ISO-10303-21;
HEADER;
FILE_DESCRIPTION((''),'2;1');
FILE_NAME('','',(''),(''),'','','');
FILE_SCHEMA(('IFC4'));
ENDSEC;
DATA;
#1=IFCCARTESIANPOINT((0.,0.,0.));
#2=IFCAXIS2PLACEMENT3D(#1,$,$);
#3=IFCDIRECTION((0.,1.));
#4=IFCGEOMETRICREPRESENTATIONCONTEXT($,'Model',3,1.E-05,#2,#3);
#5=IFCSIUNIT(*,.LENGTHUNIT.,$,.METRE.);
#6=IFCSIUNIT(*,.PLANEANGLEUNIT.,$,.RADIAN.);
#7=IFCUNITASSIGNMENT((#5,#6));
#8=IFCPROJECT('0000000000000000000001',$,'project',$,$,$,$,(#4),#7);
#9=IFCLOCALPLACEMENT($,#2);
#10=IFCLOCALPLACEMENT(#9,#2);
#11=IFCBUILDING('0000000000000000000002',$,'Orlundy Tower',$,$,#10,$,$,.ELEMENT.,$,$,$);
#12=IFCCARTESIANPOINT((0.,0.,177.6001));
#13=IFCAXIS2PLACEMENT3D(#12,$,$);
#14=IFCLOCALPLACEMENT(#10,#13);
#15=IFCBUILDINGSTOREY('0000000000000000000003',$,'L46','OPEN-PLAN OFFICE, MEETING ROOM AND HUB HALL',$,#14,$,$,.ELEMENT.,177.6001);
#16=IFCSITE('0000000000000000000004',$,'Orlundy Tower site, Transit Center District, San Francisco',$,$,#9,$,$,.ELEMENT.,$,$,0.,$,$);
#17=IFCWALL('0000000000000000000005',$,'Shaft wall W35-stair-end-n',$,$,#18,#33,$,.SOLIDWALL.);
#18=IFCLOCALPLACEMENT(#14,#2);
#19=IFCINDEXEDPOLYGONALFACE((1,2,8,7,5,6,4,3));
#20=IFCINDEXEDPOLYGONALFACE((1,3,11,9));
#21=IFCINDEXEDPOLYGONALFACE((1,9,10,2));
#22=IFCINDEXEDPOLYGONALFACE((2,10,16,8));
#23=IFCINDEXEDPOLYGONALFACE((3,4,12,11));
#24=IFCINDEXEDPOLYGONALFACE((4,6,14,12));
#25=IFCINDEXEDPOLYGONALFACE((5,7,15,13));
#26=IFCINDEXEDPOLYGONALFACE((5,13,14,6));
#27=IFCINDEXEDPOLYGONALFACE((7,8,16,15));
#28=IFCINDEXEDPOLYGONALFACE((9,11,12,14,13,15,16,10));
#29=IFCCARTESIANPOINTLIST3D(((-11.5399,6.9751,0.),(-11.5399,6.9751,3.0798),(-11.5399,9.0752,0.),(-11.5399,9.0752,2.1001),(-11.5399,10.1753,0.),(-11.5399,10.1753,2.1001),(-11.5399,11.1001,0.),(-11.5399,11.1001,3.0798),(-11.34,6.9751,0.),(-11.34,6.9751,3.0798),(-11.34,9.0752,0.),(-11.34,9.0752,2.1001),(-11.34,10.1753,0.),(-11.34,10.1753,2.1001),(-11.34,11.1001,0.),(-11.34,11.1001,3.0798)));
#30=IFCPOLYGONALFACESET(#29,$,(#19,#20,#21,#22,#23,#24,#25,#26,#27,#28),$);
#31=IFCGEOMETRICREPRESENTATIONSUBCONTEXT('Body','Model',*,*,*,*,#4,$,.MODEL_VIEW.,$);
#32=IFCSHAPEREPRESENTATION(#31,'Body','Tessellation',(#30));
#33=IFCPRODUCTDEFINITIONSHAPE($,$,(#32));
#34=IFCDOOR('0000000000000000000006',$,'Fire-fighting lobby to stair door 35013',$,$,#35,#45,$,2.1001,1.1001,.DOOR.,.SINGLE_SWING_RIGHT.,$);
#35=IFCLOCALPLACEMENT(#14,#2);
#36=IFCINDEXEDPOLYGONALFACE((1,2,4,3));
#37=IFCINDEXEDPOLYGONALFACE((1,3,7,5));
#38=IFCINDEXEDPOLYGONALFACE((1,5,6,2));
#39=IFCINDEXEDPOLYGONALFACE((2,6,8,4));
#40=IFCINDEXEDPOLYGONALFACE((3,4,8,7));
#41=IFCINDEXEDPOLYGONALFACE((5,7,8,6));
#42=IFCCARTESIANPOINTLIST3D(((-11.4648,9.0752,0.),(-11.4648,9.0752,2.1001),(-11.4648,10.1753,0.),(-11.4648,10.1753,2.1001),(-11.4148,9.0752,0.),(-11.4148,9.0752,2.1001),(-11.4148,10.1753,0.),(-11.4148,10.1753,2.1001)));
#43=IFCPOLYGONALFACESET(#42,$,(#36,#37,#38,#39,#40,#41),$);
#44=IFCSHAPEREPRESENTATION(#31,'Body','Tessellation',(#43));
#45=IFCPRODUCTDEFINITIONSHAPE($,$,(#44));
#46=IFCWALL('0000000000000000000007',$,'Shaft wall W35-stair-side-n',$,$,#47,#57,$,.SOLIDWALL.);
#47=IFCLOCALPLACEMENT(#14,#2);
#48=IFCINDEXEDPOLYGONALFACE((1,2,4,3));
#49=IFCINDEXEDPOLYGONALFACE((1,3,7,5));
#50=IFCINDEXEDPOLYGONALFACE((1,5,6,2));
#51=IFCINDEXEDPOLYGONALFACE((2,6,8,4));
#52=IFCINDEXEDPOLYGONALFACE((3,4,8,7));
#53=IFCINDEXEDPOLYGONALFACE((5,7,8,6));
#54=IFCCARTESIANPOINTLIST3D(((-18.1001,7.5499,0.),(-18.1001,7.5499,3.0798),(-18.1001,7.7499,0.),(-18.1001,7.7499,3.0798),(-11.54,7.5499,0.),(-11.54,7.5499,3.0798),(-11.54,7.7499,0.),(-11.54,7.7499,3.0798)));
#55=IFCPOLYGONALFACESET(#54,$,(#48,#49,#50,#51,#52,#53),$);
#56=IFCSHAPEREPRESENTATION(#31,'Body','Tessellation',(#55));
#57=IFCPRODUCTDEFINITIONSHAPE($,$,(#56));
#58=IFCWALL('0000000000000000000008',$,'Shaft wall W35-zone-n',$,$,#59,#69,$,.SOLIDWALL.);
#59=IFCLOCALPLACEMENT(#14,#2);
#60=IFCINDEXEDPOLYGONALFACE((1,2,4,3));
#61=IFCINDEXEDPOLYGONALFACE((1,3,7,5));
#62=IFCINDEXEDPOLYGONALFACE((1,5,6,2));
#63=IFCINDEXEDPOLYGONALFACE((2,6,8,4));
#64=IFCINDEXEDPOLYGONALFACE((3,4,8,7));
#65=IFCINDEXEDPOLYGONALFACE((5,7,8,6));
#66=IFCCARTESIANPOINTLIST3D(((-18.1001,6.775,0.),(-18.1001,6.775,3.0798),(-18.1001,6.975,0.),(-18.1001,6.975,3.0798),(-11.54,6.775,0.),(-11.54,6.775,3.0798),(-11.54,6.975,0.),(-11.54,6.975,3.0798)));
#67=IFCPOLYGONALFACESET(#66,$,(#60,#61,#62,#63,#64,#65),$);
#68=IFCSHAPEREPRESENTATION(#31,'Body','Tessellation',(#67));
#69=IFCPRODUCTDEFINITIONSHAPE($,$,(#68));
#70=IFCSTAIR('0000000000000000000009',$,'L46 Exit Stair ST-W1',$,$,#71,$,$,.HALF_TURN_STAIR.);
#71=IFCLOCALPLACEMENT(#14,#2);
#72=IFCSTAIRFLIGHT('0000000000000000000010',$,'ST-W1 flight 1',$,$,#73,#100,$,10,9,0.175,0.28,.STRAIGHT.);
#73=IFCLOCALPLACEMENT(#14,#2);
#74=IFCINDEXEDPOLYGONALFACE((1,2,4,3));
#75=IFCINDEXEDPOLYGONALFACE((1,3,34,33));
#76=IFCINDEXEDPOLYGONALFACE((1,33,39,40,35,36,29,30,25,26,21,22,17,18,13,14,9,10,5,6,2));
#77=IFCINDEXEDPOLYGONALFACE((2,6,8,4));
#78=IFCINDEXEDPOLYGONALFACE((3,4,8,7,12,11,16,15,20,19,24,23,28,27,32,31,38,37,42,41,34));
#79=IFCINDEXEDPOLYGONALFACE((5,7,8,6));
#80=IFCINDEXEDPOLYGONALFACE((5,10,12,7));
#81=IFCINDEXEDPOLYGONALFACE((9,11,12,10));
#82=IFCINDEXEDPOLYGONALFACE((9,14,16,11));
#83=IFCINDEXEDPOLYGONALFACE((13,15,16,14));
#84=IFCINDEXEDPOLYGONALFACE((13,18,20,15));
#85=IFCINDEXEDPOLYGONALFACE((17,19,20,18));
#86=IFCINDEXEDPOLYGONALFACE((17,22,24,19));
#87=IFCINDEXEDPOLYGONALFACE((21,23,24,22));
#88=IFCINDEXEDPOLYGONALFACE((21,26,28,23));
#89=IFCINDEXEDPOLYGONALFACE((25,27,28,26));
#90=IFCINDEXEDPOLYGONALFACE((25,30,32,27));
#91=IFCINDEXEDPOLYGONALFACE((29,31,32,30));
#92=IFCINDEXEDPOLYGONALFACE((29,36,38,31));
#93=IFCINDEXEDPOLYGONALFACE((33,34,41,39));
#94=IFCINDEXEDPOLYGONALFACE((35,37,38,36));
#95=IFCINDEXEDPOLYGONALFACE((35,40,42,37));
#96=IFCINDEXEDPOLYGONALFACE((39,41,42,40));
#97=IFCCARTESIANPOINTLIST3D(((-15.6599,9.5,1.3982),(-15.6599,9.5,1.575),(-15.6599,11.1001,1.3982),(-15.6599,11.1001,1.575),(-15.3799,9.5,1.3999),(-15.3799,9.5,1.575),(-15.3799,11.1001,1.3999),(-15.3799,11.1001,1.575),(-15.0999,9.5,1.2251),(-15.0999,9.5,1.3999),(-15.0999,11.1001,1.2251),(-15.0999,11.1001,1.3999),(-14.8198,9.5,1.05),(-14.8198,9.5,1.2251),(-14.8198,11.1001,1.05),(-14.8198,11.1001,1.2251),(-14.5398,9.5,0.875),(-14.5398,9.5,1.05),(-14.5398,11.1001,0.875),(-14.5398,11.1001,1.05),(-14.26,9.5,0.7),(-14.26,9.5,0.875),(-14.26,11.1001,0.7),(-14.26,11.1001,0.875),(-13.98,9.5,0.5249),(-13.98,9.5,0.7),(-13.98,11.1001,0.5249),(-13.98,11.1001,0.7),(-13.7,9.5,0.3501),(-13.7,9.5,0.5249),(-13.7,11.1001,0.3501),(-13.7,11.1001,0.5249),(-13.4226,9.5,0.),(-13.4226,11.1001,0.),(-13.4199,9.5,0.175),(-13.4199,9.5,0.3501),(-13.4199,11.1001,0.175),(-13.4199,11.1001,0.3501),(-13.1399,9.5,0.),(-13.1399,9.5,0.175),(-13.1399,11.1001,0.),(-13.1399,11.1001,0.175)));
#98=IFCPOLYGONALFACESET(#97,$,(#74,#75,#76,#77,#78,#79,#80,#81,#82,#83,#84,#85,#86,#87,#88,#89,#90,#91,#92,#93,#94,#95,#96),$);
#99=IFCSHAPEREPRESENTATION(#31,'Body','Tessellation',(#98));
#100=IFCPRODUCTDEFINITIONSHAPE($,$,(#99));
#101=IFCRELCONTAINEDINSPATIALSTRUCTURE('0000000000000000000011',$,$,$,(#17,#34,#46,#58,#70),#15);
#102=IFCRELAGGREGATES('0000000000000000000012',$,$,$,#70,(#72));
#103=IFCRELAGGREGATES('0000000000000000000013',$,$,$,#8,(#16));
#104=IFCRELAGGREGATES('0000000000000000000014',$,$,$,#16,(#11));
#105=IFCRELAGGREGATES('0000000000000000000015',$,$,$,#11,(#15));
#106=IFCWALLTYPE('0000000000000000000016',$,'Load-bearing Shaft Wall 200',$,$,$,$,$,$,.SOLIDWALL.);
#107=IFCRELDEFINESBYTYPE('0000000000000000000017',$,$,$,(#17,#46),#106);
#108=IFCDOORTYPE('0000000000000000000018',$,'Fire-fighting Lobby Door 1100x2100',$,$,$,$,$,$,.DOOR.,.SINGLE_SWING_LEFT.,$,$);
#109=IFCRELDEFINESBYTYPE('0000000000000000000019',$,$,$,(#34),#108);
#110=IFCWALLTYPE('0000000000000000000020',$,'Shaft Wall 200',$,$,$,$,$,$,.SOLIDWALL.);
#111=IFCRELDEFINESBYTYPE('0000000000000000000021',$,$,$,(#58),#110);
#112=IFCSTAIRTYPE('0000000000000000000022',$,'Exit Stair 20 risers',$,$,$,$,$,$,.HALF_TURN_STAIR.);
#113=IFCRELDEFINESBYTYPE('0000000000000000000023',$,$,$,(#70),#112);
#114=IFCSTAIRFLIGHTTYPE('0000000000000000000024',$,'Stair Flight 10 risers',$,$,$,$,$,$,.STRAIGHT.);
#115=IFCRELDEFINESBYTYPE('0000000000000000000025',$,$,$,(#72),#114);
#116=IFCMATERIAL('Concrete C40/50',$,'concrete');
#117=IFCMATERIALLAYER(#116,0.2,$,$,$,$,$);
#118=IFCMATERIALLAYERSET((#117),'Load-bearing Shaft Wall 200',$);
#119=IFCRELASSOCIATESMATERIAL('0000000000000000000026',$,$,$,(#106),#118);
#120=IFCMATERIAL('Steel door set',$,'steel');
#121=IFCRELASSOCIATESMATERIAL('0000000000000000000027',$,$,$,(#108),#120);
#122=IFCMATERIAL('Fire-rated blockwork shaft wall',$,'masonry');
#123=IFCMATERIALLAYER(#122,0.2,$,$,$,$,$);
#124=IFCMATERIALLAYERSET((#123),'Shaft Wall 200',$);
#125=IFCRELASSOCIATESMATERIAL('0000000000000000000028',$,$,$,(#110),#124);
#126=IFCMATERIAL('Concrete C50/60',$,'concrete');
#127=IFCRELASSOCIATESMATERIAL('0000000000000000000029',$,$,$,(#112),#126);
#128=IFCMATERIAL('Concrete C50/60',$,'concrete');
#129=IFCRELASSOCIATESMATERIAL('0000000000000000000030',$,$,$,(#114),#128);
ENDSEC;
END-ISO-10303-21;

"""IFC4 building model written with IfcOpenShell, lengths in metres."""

from ifc_helpers import new_model, si_unit, direction, frame, frame_2d, origin, place, context, subcontext, project, spatial, polyline, rectangle, outline, extrude, material, layer, layer_set, type_object, element, fill, aggregate, save


model = new_model("IFC4")

# Units and contexts
model_context = context("Model", 3, precision=1e-05, world=origin(), true_north=direction((0.0, 1.0)))
body_context = subcontext(model_context, "Body", "Model", "MODEL_VIEW")
ifc_project = project(units=[si_unit("LENGTHUNIT", "METRE"), si_unit("PLANEANGLEUNIT", "RADIAN")], contexts=[model_context])

# Site, building, storey
site_placement = place(None, origin())
site = spatial("IfcSite", under=ifc_project, at=site_placement, Name="Orlundy Tower site, Transit Center District, San Francisco", CompositionType="ELEMENT", RefElevation=0.0)
building_placement = place(site_placement, origin())
building = spatial("IfcBuilding", under=site, at=building_placement, Name="Orlundy Tower", CompositionType="ELEMENT")
storey_placement = place(building_placement, frame((0.0, 0.0, 177.6001)))
storey = spatial("IfcBuildingStorey", under=building, at=storey_placement, Name="L46", Description="OPEN-PLAN OFFICE, MEETING ROOM AND HUB HALL", CompositionType="ELEMENT", Elevation=177.6001)

# Wall, opening, door
ifc_material_1 = material(Name="Concrete C40/50", Category="concrete")
ifc_layer_1 = layer(ifc_material_1, 0.2)
ifc_layer_set_1 = layer_set([ifc_layer_1], Name="Load-bearing Shaft Wall 200")
wall_type_1 = type_object("IfcWallType", Name="Load-bearing Shaft Wall 200", PredefinedType="SOLIDWALL", material=ifc_layer_set_1)
wall_1_placement = place(storey_placement, frame((-11.4399, 6.9751, 0.0), z_axis=(0.0, 0.0, 1.0), x_axis=(0.0, 1.0, 0.0)))
wall_1 = element("IfcWall", 1, at=wall_1_placement, inside=storey, type_object=wall_type_1, Name="Shaft wall W35-stair-end-n", PredefinedType="SOLIDWALL", context=body_context, shape_type="SweptSolid", body=[
    extrude(rectangle(XDim=4.125, YDim=0.2, at=frame_2d((2.0625, 0.0))), origin(), (0.0, 0.0, 1.0), 3.0798),
])
opening_1_placement = place(wall_1_placement, frame((2.1001, 0.0, 0.0)))
opening_1 = element("IfcOpeningElement", 2, at=opening_1_placement, cuts=wall_1, PredefinedType="OPENING", context=body_context, shape_type="SweptSolid", body=[
    extrude(rectangle(XDim=1.1001, YDim=2.1001, at=frame_2d((0.55, 1.05))), frame((0.0, 0.1101, 0.0), z_axis=(0.0, -1.0, 0.0), x_axis=(1.0, 0.0, 0.0)), (0.0, 0.0, 1.0), 0.2202),
])
ifc_material_2 = material(Name="Steel door set", Category="steel")
door_type_1 = type_object("IfcDoorType", Name="Fire-fighting Lobby Door 1100x2100", OperationType="SINGLE_SWING_LEFT", PredefinedType="DOOR", material=ifc_material_2)
door_1_placement = place(opening_1_placement, origin())
door_1 = element("IfcDoor", 3, at=door_1_placement, inside=storey, type_object=door_type_1, Name="Fire-fighting lobby to stair door 35013", OperationType="SINGLE_SWING_RIGHT", OverallHeight=2.1001, OverallWidth=1.1001, PredefinedType="DOOR", context=body_context, shape_type="SweptSolid", body=[
    extrude(rectangle(XDim=1.1001, YDim=2.1001, at=frame_2d((0.55, 1.05))), frame((0.0, 0.0249, 0.0), z_axis=(0.0, -1.0, 0.0), x_axis=(1.0, 0.0, 0.0)), (0.0, 0.0, 1.0), 0.05),
])
fill(opening_1, door_1)

# Walls
wall_2_placement = place(storey_placement, frame((-11.54, 7.6499, 0.0), z_axis=(0.0, 0.0, 1.0), x_axis=(-1.0, 0.0, 0.0)))
element("IfcWall", 4, at=wall_2_placement, inside=storey, type_object=wall_type_1, Name="Shaft wall W35-stair-side-n", PredefinedType="SOLIDWALL", context=body_context, shape_type="SweptSolid", body=[
    extrude(rectangle(XDim=6.5601, YDim=0.2, at=frame_2d((3.28, 0.0))), origin(), (0.0, 0.0, 1.0), 3.0798),
])
ifc_material_3 = material(Name="Fire-rated blockwork shaft wall", Category="masonry")
ifc_layer_2 = layer(ifc_material_3, 0.2)
ifc_layer_set_2 = layer_set([ifc_layer_2], Name="Shaft Wall 200")
wall_type_2 = type_object("IfcWallType", Name="Shaft Wall 200", PredefinedType="SOLIDWALL", material=ifc_layer_set_2)
wall_3_placement = place(storey_placement, frame((-11.54, 6.875, 0.0), z_axis=(0.0, 0.0, 1.0), x_axis=(-1.0, 0.0, 0.0)))
element("IfcWall", 5, at=wall_3_placement, inside=storey, type_object=wall_type_2, Name="Shaft wall W35-zone-n", PredefinedType="SOLIDWALL", context=body_context, shape_type="SweptSolid", body=[
    extrude(rectangle(XDim=6.5601, YDim=0.2, at=frame_2d((3.28, 0.0))), origin(), (0.0, 0.0, 1.0), 3.0798),
])

# Stair, stair flight
ifc_material_4 = material(Name="Concrete C50/60", Category="concrete")
stair_type = type_object("IfcStairType", Name="Exit Stair 20 risers", PredefinedType="HALF_TURN_STAIR", material=ifc_material_4)
stair_placement = place(storey_placement, origin())
stair = element("IfcStair", 6, at=stair_placement, inside=storey, type_object=stair_type, Name="L46 Exit Stair ST-W1", PredefinedType="HALF_TURN_STAIR")
ifc_material_5 = material(Name="Concrete C50/60", Category="concrete")
stair_flight_type = type_object("IfcStairFlightType", Name="Stair Flight 10 risers", PredefinedType="STRAIGHT", material=ifc_material_5)
stair_flight_placement = place(storey_placement, frame((-13.1399, 10.3, 0.0), z_axis=(0.0, 0.0, 1.0), x_axis=(-1.0, 0.0, 0.0)))
stair_flight = element("IfcStairFlight", 7, at=stair_flight_placement, type_object=stair_flight_type, Name="ST-W1 flight 1", NumberOfRisers=10, NumberOfTreads=9, PredefinedType="STRAIGHT", RiserHeight=0.175, TreadLength=0.28, context=body_context, shape_type="SweptSolid", body=[
    extrude(outline(polyline([(0.0, 0.0), (0.0, 0.175), (0.28, 0.175), (0.28, 0.3501), (0.5601, 0.3501), (0.5601, 0.5249), (0.8401, 0.5249), (0.8401, 0.7), (1.1201, 0.7), (1.1201, 0.875), (1.3999, 0.875), (1.3999, 1.05), (1.6799, 1.05), (1.6799, 1.2251), (1.96, 1.2251), (1.96, 1.3999), (2.24, 1.3999), (2.24, 1.575), (2.52, 1.575), (2.52, 1.75), (2.52, 1.3982), (0.2827, 0.0), (0.0, 0.0)])), frame((0.0, 0.8, 0.0), z_axis=(0.0, -1.0, 0.0), x_axis=(1.0, 0.0, 0.0)), (0.0, 0.0, 1.0), 1.6001),
])
aggregate(stair, [stair_flight])

save(model, "model.ifc")
